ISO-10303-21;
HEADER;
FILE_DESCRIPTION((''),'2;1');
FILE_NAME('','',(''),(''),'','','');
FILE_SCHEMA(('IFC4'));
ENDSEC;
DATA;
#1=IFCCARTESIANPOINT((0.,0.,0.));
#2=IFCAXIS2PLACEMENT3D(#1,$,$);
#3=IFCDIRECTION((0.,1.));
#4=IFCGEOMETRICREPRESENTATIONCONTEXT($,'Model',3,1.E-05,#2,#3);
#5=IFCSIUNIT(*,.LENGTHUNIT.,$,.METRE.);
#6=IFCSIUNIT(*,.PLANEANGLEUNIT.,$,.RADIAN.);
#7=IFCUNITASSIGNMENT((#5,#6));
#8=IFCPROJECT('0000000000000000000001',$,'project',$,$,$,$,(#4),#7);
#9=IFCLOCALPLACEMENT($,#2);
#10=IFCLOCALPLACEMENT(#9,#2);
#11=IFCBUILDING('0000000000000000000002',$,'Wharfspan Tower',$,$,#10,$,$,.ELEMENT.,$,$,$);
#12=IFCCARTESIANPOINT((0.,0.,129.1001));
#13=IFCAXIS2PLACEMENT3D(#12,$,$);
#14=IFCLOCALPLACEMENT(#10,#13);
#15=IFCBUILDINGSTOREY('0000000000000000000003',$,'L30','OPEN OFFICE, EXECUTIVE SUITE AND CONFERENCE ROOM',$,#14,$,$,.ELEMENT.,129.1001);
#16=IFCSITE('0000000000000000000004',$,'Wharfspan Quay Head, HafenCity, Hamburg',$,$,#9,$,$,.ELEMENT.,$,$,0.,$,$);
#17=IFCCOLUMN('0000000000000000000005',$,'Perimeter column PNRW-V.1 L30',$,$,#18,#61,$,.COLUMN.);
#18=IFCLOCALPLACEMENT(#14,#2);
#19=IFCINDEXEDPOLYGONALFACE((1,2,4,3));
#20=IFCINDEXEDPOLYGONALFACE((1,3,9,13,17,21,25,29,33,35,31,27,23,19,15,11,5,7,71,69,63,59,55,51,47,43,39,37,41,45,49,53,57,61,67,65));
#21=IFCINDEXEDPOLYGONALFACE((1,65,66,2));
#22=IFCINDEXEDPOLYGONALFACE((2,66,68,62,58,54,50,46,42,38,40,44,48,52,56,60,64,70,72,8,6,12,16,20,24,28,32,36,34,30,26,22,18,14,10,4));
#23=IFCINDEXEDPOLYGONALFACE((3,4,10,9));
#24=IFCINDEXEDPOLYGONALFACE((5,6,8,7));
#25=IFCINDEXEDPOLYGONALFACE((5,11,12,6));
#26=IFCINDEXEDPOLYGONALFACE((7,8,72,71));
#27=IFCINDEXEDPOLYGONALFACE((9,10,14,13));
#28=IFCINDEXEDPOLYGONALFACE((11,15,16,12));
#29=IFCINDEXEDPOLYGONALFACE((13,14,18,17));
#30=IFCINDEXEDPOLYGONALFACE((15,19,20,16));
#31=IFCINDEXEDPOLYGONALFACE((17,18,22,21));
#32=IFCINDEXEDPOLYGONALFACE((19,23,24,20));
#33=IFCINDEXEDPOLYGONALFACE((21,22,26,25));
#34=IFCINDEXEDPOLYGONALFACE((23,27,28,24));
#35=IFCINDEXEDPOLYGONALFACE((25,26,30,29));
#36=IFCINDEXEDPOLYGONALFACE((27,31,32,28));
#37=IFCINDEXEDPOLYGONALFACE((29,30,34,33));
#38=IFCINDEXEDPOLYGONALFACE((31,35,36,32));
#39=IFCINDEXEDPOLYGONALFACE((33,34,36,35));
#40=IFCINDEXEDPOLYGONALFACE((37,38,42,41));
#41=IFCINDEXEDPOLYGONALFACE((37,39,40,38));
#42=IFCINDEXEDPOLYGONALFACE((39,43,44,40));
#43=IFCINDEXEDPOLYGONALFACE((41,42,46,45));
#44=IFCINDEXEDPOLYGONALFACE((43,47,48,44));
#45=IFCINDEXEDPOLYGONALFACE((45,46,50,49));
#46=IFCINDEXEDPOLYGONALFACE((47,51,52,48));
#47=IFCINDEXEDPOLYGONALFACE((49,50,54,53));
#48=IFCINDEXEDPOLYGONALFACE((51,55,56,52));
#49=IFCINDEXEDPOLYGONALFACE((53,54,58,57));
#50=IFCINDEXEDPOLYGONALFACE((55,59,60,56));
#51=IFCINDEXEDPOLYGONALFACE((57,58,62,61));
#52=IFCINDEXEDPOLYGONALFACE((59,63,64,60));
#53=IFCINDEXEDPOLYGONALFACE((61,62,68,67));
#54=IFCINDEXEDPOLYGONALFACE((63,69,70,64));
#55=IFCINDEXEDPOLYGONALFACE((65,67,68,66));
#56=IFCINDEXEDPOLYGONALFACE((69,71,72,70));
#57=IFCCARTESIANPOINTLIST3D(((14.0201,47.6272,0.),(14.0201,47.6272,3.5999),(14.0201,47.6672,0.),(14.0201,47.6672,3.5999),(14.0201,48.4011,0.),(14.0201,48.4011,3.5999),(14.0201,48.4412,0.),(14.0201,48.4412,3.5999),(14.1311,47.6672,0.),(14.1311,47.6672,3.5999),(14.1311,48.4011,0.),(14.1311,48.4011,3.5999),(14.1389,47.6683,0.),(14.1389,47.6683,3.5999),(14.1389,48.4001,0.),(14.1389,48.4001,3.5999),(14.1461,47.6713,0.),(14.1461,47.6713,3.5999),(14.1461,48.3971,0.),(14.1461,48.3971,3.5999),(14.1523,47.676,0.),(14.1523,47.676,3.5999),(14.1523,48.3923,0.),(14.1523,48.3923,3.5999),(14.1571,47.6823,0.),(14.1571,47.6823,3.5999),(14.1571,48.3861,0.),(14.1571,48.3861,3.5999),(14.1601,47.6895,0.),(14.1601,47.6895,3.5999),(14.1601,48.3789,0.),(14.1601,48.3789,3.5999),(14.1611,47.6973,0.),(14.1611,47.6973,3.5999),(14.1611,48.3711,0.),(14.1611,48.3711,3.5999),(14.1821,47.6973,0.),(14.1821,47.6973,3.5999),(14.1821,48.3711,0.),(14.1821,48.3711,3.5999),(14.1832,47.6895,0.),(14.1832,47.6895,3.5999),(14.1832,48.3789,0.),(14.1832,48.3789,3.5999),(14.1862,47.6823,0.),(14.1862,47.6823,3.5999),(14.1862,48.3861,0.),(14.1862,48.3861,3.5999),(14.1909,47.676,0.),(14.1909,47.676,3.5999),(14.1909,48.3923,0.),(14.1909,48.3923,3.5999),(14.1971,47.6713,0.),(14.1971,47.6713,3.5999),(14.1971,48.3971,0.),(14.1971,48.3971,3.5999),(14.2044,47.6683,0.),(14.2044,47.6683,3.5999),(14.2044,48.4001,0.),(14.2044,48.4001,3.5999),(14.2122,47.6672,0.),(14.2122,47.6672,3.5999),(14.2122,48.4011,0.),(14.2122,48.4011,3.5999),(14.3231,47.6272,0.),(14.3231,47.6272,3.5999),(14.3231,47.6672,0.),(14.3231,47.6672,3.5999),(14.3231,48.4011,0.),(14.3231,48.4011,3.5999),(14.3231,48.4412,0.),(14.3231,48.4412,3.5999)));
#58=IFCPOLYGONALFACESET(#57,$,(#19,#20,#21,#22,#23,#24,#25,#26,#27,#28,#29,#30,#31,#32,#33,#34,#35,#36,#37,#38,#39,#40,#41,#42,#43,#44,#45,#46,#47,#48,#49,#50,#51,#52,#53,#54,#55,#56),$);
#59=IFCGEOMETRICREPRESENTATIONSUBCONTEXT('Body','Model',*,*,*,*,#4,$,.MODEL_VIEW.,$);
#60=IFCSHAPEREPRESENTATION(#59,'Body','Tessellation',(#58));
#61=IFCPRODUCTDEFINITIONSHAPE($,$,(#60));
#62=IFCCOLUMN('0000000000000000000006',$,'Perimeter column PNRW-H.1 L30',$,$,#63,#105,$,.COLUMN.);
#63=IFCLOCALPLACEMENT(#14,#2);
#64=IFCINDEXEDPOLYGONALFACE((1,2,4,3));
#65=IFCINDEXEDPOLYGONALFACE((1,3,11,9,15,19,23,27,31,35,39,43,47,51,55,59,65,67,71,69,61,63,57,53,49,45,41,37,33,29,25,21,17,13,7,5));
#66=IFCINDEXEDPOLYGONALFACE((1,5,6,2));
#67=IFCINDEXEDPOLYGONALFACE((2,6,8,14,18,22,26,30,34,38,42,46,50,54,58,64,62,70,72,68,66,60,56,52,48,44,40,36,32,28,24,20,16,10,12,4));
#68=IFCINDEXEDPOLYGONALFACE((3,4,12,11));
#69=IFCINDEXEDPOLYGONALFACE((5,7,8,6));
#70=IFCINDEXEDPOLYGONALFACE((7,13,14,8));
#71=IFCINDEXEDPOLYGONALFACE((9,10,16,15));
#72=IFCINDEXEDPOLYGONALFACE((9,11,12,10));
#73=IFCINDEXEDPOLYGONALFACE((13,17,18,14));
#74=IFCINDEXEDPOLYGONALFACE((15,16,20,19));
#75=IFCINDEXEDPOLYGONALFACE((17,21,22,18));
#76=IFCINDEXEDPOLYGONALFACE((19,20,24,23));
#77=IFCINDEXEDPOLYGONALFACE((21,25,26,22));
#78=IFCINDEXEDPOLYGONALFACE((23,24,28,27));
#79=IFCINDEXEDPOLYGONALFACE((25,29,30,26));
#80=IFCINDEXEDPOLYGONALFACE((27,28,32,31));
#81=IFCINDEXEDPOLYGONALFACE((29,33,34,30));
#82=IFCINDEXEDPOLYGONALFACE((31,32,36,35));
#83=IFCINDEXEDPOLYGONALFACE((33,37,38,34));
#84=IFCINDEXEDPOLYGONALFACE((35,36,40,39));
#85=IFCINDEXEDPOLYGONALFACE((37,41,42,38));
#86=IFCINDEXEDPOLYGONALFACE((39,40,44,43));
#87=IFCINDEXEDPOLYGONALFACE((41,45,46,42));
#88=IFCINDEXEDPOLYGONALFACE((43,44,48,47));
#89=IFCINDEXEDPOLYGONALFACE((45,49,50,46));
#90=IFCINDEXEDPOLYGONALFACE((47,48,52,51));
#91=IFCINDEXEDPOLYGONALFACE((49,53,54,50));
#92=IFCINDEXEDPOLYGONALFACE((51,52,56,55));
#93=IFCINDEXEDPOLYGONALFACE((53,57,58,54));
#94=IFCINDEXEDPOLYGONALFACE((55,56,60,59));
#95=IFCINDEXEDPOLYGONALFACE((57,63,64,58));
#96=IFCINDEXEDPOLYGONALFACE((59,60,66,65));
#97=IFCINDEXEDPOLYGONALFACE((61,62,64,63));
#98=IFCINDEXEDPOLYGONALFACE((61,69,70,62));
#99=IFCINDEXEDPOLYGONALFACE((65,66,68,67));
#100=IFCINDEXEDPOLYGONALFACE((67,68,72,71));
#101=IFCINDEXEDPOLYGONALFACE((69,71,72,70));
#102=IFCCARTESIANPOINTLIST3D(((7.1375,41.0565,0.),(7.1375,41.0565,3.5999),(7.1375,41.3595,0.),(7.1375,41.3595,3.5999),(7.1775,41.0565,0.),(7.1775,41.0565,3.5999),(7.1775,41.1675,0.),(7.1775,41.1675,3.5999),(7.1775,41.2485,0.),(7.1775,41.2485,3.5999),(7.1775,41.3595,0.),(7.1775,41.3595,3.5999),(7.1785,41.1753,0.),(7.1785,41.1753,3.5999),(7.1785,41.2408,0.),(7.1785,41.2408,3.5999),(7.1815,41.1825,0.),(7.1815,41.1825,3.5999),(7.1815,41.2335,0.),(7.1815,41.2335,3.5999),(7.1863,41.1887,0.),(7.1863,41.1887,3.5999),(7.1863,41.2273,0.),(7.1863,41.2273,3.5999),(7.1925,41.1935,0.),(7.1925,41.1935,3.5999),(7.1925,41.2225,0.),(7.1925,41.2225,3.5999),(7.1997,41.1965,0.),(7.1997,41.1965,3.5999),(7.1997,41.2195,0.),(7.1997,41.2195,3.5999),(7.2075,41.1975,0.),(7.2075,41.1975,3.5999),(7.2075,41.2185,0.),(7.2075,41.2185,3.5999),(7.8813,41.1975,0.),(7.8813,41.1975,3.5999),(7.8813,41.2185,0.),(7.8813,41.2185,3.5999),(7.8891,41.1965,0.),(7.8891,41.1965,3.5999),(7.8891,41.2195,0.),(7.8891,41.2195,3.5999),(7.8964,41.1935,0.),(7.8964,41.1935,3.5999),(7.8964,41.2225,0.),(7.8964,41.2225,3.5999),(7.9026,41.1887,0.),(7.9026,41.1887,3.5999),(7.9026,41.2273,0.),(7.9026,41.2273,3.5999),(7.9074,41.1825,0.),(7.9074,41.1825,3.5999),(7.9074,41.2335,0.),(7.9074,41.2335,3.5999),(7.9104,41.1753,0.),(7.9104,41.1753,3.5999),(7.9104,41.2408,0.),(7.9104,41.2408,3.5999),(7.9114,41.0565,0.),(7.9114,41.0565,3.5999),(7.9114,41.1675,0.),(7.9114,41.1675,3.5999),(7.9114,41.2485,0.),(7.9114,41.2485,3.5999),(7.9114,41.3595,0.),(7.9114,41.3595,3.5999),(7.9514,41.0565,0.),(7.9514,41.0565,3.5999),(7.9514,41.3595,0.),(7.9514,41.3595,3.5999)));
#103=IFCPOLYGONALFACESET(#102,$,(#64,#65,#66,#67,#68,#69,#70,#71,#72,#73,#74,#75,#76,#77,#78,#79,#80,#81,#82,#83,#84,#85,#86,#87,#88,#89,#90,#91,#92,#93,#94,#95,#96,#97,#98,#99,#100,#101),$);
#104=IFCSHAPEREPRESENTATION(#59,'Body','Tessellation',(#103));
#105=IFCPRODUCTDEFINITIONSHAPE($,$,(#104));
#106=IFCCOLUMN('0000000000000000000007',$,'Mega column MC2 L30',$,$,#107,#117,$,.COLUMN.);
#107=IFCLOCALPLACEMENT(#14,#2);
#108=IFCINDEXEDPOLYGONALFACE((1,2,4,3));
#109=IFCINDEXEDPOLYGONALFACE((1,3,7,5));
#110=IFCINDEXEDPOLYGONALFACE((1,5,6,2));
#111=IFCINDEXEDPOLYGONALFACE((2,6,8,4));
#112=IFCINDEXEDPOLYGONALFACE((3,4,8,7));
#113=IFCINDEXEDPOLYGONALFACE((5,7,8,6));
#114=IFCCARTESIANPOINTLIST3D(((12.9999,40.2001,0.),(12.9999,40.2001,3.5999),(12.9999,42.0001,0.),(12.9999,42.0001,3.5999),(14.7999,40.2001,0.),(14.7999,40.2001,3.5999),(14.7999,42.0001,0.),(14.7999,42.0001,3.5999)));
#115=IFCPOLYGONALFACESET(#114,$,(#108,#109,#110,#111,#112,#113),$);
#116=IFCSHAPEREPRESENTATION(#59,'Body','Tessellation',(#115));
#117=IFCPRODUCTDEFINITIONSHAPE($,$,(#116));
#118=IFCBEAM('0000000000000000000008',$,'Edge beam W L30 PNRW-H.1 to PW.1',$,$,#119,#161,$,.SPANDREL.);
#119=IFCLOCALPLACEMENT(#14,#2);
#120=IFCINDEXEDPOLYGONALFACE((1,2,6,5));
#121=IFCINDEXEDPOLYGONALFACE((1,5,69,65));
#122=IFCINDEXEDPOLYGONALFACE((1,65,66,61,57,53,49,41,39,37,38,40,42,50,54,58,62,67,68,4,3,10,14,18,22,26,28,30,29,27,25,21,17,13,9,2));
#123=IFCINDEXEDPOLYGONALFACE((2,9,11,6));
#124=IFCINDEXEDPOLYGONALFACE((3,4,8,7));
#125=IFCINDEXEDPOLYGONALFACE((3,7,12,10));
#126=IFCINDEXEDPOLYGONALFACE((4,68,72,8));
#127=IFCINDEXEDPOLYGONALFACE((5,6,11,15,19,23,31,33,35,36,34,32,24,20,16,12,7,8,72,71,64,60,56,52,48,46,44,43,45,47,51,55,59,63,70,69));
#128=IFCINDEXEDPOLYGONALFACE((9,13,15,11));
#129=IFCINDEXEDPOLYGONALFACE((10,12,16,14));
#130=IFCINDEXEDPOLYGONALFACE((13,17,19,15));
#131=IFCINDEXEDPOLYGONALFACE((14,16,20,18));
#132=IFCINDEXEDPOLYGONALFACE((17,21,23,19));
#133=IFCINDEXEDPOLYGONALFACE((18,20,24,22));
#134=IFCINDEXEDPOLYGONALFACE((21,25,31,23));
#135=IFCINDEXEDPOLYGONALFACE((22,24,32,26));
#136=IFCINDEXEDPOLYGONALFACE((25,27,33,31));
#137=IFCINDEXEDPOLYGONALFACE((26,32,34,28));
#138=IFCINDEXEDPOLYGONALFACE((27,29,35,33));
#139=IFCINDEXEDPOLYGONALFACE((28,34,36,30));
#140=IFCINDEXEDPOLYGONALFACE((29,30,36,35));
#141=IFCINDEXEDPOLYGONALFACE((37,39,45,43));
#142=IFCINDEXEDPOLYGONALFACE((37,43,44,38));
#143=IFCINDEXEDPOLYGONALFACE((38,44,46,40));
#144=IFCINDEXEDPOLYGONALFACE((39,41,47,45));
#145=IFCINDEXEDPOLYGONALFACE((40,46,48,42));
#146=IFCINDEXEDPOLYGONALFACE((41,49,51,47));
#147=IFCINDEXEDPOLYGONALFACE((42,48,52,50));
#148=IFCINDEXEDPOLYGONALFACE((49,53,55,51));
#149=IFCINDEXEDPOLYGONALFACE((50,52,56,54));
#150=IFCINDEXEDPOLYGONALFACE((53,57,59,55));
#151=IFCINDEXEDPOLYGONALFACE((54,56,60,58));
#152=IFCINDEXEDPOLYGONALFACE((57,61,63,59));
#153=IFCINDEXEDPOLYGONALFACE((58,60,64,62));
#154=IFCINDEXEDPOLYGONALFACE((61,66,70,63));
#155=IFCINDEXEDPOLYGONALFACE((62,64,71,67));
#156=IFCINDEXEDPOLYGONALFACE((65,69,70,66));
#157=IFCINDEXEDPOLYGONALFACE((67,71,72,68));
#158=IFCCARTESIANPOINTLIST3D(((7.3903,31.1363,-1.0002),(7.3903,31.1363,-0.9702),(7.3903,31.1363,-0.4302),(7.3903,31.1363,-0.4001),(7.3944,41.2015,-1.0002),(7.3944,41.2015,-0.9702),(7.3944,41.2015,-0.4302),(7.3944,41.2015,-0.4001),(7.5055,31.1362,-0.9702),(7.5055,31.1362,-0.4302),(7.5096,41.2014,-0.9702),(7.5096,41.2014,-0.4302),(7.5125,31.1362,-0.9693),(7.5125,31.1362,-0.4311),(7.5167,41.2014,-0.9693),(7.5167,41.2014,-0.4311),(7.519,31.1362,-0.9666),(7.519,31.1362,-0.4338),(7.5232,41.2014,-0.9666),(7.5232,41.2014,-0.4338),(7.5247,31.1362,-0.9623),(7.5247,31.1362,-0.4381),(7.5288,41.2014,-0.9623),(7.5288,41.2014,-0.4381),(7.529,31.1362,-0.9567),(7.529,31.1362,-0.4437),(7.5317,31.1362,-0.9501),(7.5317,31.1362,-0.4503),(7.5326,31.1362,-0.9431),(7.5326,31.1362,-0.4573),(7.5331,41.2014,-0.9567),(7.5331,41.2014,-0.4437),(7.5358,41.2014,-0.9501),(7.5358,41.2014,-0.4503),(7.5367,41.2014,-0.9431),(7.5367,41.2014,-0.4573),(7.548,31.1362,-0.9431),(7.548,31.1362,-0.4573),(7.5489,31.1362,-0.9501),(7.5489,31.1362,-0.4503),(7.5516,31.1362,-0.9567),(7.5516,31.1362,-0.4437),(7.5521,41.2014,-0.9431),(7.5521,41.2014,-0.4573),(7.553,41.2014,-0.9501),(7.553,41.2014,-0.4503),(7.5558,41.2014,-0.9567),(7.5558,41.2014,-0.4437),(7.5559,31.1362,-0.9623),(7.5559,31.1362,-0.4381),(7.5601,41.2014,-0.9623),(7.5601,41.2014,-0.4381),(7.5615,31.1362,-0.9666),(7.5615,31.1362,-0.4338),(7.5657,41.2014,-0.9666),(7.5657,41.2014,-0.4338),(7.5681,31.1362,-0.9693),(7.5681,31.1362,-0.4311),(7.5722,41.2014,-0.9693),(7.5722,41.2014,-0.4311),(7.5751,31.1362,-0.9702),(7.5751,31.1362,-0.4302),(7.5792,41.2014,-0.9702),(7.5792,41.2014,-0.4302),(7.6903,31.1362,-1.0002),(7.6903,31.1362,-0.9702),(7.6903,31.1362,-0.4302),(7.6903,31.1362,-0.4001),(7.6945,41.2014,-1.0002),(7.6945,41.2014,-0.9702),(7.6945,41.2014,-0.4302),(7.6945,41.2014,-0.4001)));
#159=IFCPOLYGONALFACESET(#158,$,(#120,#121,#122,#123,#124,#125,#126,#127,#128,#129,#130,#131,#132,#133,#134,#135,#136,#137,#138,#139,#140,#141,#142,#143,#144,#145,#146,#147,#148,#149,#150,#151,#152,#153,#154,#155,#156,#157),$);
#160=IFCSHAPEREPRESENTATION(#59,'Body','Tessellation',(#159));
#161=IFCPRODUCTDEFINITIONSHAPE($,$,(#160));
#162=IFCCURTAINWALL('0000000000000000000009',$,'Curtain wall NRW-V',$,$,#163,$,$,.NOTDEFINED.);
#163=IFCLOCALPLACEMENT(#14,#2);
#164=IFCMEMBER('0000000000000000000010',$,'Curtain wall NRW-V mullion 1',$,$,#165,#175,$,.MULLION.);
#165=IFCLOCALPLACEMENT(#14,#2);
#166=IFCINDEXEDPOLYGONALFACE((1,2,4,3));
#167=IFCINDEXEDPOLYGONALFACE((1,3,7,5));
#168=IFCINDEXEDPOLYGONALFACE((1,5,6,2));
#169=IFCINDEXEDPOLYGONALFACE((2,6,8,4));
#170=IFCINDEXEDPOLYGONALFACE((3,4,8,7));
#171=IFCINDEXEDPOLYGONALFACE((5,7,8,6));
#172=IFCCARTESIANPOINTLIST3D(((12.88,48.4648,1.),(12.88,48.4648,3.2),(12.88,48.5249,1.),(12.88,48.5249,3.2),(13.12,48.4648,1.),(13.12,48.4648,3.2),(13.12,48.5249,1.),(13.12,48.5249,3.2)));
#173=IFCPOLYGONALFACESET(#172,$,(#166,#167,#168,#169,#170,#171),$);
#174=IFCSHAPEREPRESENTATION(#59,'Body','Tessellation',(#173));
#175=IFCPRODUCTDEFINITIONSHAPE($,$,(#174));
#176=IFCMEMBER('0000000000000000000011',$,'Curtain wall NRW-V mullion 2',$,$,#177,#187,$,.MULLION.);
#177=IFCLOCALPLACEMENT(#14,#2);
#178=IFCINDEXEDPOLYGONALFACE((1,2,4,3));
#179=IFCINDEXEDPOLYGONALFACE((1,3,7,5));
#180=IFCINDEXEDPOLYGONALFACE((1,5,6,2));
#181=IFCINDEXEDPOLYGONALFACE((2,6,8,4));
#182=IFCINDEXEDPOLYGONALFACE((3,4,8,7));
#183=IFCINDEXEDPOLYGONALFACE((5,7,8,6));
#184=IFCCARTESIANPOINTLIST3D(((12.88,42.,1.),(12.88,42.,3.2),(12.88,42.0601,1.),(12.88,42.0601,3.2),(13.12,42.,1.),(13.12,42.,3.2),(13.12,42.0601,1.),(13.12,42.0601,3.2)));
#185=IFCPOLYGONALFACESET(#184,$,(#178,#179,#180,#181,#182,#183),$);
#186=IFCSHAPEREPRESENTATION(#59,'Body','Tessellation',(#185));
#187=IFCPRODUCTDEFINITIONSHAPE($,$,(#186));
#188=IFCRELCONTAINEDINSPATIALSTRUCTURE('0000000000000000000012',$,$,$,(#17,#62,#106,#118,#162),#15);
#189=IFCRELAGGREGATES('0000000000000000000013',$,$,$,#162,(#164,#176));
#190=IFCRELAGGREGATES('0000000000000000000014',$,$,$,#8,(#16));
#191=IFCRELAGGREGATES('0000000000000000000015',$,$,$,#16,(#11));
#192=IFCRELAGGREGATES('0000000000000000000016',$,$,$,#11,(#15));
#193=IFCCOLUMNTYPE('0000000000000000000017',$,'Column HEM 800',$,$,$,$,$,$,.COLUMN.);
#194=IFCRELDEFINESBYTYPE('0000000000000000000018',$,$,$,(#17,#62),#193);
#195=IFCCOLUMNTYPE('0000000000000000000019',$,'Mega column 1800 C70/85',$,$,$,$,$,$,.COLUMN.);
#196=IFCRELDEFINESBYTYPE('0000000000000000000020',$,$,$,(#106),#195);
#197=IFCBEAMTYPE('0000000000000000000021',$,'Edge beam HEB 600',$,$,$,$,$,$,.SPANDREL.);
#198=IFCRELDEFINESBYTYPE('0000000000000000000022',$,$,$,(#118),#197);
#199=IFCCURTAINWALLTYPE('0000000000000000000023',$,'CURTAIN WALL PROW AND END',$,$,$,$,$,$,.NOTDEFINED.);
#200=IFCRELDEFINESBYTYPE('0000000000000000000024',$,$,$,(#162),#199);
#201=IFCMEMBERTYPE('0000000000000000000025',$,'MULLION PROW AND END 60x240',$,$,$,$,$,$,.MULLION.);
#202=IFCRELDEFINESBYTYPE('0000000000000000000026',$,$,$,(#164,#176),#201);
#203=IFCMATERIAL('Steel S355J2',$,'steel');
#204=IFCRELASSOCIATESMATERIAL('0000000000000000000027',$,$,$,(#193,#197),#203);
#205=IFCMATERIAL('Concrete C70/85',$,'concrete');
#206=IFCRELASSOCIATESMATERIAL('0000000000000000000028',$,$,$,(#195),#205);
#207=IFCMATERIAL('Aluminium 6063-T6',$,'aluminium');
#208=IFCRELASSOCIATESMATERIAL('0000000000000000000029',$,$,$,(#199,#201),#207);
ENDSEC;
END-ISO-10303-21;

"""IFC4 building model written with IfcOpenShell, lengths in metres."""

from ifc_helpers import new_model, si_unit, direction, frame, origin, origin_2d, place, context, subcontext, project, spatial, rectangle, i_section, extrude, material, material_profile, profile_set, type_object, element, aggregate, save


model = new_model("IFC4")

# Units and contexts
model_context = context("Model", 3, precision=1e-05, world=origin(), true_north=direction((0.0, 1.0)))
body_context = subcontext(model_context, "Body", "Model", "MODEL_VIEW")
ifc_project = project(units=[si_unit("LENGTHUNIT", "METRE"), si_unit("PLANEANGLEUNIT", "RADIAN")], contexts=[model_context])

# Site, building, storey
site_placement = place(None, origin())
site = spatial("IfcSite", under=ifc_project, at=site_placement, Name="Wharfspan Quay Head, HafenCity, Hamburg", CompositionType="ELEMENT", RefElevation=0.0)
building_placement = place(site_placement, origin())
building = spatial("IfcBuilding", under=site, at=building_placement, Name="Wharfspan Tower", CompositionType="ELEMENT")
storey_placement = place(building_placement, frame((0.0, 0.0, 129.1001)))
storey = spatial("IfcBuildingStorey", under=building, at=storey_placement, Name="L30", Description="OPEN OFFICE, EXECUTIVE SUITE AND CONFERENCE ROOM", CompositionType="ELEMENT", Elevation=129.1001)

# Columns
ifc_material_1 = material(Name="Steel S355J2", Category="steel")
ifc_material_profile_1 = material_profile(ifc_material_1, i_section(OverallWidth=0.303, OverallDepth=0.814, WebThickness=0.021, FlangeThickness=0.04, FilletRadius=0.03, at=origin_2d()))
ifc_profile_set_1 = profile_set([ifc_material_profile_1], Name="Steel S355J2")
column_type_1 = type_object("IfcColumnType", Name="Column HEM 800", PredefinedType="COLUMN", material=ifc_profile_set_1)
for number, where, z_axis, x_axis, name in (
    (1, (14.1716, 48.0342, 0.0), (0.0, 0.0, 1.0), (-1.0, 0.0, 0.0), "Perimeter column PNRW-V.1 L30"),
    (2, (7.5444, 41.208, 0.0), (0.0, 0.0, 1.0), (0.0, 1.0, 0.0), "Perimeter column PNRW-H.1 L30"),
):
    element("IfcColumn", number, at=place(storey_placement, frame(where, z_axis=z_axis, x_axis=x_axis)), inside=storey, type_object=column_type_1, Name=name, PredefinedType="COLUMN", context=body_context, shape_type="SweptSolid", body=[
        extrude(i_section(OverallWidth=0.303, OverallDepth=0.814, WebThickness=0.021, FlangeThickness=0.04, FilletRadius=0.03, at=origin_2d()), origin(), (0.0, 0.0, 1.0), 3.5999),
    ])
ifc_material_2 = material(Name="Concrete C70/85", Category="concrete")
ifc_material_profile_2 = material_profile(ifc_material_2, rectangle(XDim=1.8, YDim=1.8, at=origin_2d()))
ifc_profile_set_2 = profile_set([ifc_material_profile_2], Name="Concrete C70/85")
column_type_2 = type_object("IfcColumnType", Name="Mega column 1800 C70/85", PredefinedType="COLUMN", material=ifc_profile_set_2)
column_placement = place(storey_placement, frame((13.8999, 41.1001, 0.0), z_axis=(0.0, 0.0, 1.0), x_axis=(1.0, 0.0, 0.0)))
element("IfcColumn", 3, at=column_placement, inside=storey, type_object=column_type_2, Name="Mega column MC2 L30", PredefinedType="COLUMN", context=body_context, shape_type="SweptSolid", body=[
    extrude(rectangle(XDim=1.8, YDim=1.8, at=origin_2d()), origin(), (0.0, 0.0, 1.0), 3.5999),
])

# Beam
ifc_material_profile_3 = material_profile(ifc_material_1, i_section(OverallWidth=0.3, OverallDepth=0.6001, WebThickness=0.0154, FlangeThickness=0.03, FilletRadius=0.0271, at=origin_2d()))
ifc_profile_set_3 = profile_set([ifc_material_profile_3], Name="Steel S355J2")
beam_type = type_object("IfcBeamType", Name="Edge beam HEB 600", PredefinedType="SPANDREL", material=ifc_profile_set_3)
beam_placement = place(storey_placement, frame((7.5444, 41.2014, -0.7002), z_axis=(-0.000412, -1.0, 0.0), x_axis=(1.0, -0.000412, 0.0)))
element("IfcBeam", 4, at=beam_placement, inside=storey, type_object=beam_type, Name="Edge beam W L30 PNRW-H.1 to PW.1", PredefinedType="SPANDREL", context=body_context, shape_type="SweptSolid", body=[
    extrude(i_section(OverallWidth=0.3, OverallDepth=0.6001, WebThickness=0.0154, FlangeThickness=0.03, FilletRadius=0.0271, at=origin_2d()), origin(), (0.0, 0.0, 1.0), 10.0652),
])

# Curtain wall, members
ifc_material_3 = material(Name="Aluminium 6063-T6", Category="aluminium")
curtain_wall_type = type_object("IfcCurtainWallType", Name="CURTAIN WALL PROW AND END", PredefinedType="NOTDEFINED", material=ifc_material_3)
curtain_wall_1_placement = place(storey_placement, origin())
curtain_wall_1 = element("IfcCurtainWall", 5, at=curtain_wall_1_placement, inside=storey, type_object=curtain_wall_type, Name="Curtain wall NRW-V", PredefinedType="NOTDEFINED")
ifc_material_profile_4 = material_profile(ifc_material_3, rectangle(XDim=0.24, YDim=0.0601, at=origin_2d()))
ifc_profile_set_4 = profile_set([ifc_material_profile_4], Name="Aluminium 6063-T6")
member_type_1 = type_object("IfcMemberType", Name="MULLION PROW AND END 60x240", PredefinedType="MULLION", material=ifc_profile_set_4)
member_1_placement = place(storey_placement, frame((13.0, 48.4949, 1.0), z_axis=(0.0, 0.0, 1.0), x_axis=(1.0, 0.0, 0.0)))
member_1 = element("IfcMember", 6, at=member_1_placement, type_object=member_type_1, Name="Curtain wall NRW-V mullion 1", PredefinedType="MULLION", context=body_context, shape_type="SweptSolid", body=[
    extrude(rectangle(XDim=0.24, YDim=0.0601, at=origin_2d()), origin(), (0.0, 0.0, 1.0), 2.2),
])
member_2_placement = place(storey_placement, frame((13.0, 42.03, 1.0), z_axis=(0.0, 0.0, 1.0), x_axis=(1.0, 0.0, 0.0)))
member_2 = element("IfcMember", 7, at=member_2_placement, type_object=member_type_1, Name="Curtain wall NRW-V mullion 2", PredefinedType="MULLION", context=body_context, shape_type="SweptSolid", body=[
    extrude(rectangle(XDim=0.24, YDim=0.0601, at=origin_2d()), origin(), (0.0, 0.0, 1.0), 2.2),
])

aggregate(curtain_wall_1, [member_1, member_2])

save(model, "model.ifc")
